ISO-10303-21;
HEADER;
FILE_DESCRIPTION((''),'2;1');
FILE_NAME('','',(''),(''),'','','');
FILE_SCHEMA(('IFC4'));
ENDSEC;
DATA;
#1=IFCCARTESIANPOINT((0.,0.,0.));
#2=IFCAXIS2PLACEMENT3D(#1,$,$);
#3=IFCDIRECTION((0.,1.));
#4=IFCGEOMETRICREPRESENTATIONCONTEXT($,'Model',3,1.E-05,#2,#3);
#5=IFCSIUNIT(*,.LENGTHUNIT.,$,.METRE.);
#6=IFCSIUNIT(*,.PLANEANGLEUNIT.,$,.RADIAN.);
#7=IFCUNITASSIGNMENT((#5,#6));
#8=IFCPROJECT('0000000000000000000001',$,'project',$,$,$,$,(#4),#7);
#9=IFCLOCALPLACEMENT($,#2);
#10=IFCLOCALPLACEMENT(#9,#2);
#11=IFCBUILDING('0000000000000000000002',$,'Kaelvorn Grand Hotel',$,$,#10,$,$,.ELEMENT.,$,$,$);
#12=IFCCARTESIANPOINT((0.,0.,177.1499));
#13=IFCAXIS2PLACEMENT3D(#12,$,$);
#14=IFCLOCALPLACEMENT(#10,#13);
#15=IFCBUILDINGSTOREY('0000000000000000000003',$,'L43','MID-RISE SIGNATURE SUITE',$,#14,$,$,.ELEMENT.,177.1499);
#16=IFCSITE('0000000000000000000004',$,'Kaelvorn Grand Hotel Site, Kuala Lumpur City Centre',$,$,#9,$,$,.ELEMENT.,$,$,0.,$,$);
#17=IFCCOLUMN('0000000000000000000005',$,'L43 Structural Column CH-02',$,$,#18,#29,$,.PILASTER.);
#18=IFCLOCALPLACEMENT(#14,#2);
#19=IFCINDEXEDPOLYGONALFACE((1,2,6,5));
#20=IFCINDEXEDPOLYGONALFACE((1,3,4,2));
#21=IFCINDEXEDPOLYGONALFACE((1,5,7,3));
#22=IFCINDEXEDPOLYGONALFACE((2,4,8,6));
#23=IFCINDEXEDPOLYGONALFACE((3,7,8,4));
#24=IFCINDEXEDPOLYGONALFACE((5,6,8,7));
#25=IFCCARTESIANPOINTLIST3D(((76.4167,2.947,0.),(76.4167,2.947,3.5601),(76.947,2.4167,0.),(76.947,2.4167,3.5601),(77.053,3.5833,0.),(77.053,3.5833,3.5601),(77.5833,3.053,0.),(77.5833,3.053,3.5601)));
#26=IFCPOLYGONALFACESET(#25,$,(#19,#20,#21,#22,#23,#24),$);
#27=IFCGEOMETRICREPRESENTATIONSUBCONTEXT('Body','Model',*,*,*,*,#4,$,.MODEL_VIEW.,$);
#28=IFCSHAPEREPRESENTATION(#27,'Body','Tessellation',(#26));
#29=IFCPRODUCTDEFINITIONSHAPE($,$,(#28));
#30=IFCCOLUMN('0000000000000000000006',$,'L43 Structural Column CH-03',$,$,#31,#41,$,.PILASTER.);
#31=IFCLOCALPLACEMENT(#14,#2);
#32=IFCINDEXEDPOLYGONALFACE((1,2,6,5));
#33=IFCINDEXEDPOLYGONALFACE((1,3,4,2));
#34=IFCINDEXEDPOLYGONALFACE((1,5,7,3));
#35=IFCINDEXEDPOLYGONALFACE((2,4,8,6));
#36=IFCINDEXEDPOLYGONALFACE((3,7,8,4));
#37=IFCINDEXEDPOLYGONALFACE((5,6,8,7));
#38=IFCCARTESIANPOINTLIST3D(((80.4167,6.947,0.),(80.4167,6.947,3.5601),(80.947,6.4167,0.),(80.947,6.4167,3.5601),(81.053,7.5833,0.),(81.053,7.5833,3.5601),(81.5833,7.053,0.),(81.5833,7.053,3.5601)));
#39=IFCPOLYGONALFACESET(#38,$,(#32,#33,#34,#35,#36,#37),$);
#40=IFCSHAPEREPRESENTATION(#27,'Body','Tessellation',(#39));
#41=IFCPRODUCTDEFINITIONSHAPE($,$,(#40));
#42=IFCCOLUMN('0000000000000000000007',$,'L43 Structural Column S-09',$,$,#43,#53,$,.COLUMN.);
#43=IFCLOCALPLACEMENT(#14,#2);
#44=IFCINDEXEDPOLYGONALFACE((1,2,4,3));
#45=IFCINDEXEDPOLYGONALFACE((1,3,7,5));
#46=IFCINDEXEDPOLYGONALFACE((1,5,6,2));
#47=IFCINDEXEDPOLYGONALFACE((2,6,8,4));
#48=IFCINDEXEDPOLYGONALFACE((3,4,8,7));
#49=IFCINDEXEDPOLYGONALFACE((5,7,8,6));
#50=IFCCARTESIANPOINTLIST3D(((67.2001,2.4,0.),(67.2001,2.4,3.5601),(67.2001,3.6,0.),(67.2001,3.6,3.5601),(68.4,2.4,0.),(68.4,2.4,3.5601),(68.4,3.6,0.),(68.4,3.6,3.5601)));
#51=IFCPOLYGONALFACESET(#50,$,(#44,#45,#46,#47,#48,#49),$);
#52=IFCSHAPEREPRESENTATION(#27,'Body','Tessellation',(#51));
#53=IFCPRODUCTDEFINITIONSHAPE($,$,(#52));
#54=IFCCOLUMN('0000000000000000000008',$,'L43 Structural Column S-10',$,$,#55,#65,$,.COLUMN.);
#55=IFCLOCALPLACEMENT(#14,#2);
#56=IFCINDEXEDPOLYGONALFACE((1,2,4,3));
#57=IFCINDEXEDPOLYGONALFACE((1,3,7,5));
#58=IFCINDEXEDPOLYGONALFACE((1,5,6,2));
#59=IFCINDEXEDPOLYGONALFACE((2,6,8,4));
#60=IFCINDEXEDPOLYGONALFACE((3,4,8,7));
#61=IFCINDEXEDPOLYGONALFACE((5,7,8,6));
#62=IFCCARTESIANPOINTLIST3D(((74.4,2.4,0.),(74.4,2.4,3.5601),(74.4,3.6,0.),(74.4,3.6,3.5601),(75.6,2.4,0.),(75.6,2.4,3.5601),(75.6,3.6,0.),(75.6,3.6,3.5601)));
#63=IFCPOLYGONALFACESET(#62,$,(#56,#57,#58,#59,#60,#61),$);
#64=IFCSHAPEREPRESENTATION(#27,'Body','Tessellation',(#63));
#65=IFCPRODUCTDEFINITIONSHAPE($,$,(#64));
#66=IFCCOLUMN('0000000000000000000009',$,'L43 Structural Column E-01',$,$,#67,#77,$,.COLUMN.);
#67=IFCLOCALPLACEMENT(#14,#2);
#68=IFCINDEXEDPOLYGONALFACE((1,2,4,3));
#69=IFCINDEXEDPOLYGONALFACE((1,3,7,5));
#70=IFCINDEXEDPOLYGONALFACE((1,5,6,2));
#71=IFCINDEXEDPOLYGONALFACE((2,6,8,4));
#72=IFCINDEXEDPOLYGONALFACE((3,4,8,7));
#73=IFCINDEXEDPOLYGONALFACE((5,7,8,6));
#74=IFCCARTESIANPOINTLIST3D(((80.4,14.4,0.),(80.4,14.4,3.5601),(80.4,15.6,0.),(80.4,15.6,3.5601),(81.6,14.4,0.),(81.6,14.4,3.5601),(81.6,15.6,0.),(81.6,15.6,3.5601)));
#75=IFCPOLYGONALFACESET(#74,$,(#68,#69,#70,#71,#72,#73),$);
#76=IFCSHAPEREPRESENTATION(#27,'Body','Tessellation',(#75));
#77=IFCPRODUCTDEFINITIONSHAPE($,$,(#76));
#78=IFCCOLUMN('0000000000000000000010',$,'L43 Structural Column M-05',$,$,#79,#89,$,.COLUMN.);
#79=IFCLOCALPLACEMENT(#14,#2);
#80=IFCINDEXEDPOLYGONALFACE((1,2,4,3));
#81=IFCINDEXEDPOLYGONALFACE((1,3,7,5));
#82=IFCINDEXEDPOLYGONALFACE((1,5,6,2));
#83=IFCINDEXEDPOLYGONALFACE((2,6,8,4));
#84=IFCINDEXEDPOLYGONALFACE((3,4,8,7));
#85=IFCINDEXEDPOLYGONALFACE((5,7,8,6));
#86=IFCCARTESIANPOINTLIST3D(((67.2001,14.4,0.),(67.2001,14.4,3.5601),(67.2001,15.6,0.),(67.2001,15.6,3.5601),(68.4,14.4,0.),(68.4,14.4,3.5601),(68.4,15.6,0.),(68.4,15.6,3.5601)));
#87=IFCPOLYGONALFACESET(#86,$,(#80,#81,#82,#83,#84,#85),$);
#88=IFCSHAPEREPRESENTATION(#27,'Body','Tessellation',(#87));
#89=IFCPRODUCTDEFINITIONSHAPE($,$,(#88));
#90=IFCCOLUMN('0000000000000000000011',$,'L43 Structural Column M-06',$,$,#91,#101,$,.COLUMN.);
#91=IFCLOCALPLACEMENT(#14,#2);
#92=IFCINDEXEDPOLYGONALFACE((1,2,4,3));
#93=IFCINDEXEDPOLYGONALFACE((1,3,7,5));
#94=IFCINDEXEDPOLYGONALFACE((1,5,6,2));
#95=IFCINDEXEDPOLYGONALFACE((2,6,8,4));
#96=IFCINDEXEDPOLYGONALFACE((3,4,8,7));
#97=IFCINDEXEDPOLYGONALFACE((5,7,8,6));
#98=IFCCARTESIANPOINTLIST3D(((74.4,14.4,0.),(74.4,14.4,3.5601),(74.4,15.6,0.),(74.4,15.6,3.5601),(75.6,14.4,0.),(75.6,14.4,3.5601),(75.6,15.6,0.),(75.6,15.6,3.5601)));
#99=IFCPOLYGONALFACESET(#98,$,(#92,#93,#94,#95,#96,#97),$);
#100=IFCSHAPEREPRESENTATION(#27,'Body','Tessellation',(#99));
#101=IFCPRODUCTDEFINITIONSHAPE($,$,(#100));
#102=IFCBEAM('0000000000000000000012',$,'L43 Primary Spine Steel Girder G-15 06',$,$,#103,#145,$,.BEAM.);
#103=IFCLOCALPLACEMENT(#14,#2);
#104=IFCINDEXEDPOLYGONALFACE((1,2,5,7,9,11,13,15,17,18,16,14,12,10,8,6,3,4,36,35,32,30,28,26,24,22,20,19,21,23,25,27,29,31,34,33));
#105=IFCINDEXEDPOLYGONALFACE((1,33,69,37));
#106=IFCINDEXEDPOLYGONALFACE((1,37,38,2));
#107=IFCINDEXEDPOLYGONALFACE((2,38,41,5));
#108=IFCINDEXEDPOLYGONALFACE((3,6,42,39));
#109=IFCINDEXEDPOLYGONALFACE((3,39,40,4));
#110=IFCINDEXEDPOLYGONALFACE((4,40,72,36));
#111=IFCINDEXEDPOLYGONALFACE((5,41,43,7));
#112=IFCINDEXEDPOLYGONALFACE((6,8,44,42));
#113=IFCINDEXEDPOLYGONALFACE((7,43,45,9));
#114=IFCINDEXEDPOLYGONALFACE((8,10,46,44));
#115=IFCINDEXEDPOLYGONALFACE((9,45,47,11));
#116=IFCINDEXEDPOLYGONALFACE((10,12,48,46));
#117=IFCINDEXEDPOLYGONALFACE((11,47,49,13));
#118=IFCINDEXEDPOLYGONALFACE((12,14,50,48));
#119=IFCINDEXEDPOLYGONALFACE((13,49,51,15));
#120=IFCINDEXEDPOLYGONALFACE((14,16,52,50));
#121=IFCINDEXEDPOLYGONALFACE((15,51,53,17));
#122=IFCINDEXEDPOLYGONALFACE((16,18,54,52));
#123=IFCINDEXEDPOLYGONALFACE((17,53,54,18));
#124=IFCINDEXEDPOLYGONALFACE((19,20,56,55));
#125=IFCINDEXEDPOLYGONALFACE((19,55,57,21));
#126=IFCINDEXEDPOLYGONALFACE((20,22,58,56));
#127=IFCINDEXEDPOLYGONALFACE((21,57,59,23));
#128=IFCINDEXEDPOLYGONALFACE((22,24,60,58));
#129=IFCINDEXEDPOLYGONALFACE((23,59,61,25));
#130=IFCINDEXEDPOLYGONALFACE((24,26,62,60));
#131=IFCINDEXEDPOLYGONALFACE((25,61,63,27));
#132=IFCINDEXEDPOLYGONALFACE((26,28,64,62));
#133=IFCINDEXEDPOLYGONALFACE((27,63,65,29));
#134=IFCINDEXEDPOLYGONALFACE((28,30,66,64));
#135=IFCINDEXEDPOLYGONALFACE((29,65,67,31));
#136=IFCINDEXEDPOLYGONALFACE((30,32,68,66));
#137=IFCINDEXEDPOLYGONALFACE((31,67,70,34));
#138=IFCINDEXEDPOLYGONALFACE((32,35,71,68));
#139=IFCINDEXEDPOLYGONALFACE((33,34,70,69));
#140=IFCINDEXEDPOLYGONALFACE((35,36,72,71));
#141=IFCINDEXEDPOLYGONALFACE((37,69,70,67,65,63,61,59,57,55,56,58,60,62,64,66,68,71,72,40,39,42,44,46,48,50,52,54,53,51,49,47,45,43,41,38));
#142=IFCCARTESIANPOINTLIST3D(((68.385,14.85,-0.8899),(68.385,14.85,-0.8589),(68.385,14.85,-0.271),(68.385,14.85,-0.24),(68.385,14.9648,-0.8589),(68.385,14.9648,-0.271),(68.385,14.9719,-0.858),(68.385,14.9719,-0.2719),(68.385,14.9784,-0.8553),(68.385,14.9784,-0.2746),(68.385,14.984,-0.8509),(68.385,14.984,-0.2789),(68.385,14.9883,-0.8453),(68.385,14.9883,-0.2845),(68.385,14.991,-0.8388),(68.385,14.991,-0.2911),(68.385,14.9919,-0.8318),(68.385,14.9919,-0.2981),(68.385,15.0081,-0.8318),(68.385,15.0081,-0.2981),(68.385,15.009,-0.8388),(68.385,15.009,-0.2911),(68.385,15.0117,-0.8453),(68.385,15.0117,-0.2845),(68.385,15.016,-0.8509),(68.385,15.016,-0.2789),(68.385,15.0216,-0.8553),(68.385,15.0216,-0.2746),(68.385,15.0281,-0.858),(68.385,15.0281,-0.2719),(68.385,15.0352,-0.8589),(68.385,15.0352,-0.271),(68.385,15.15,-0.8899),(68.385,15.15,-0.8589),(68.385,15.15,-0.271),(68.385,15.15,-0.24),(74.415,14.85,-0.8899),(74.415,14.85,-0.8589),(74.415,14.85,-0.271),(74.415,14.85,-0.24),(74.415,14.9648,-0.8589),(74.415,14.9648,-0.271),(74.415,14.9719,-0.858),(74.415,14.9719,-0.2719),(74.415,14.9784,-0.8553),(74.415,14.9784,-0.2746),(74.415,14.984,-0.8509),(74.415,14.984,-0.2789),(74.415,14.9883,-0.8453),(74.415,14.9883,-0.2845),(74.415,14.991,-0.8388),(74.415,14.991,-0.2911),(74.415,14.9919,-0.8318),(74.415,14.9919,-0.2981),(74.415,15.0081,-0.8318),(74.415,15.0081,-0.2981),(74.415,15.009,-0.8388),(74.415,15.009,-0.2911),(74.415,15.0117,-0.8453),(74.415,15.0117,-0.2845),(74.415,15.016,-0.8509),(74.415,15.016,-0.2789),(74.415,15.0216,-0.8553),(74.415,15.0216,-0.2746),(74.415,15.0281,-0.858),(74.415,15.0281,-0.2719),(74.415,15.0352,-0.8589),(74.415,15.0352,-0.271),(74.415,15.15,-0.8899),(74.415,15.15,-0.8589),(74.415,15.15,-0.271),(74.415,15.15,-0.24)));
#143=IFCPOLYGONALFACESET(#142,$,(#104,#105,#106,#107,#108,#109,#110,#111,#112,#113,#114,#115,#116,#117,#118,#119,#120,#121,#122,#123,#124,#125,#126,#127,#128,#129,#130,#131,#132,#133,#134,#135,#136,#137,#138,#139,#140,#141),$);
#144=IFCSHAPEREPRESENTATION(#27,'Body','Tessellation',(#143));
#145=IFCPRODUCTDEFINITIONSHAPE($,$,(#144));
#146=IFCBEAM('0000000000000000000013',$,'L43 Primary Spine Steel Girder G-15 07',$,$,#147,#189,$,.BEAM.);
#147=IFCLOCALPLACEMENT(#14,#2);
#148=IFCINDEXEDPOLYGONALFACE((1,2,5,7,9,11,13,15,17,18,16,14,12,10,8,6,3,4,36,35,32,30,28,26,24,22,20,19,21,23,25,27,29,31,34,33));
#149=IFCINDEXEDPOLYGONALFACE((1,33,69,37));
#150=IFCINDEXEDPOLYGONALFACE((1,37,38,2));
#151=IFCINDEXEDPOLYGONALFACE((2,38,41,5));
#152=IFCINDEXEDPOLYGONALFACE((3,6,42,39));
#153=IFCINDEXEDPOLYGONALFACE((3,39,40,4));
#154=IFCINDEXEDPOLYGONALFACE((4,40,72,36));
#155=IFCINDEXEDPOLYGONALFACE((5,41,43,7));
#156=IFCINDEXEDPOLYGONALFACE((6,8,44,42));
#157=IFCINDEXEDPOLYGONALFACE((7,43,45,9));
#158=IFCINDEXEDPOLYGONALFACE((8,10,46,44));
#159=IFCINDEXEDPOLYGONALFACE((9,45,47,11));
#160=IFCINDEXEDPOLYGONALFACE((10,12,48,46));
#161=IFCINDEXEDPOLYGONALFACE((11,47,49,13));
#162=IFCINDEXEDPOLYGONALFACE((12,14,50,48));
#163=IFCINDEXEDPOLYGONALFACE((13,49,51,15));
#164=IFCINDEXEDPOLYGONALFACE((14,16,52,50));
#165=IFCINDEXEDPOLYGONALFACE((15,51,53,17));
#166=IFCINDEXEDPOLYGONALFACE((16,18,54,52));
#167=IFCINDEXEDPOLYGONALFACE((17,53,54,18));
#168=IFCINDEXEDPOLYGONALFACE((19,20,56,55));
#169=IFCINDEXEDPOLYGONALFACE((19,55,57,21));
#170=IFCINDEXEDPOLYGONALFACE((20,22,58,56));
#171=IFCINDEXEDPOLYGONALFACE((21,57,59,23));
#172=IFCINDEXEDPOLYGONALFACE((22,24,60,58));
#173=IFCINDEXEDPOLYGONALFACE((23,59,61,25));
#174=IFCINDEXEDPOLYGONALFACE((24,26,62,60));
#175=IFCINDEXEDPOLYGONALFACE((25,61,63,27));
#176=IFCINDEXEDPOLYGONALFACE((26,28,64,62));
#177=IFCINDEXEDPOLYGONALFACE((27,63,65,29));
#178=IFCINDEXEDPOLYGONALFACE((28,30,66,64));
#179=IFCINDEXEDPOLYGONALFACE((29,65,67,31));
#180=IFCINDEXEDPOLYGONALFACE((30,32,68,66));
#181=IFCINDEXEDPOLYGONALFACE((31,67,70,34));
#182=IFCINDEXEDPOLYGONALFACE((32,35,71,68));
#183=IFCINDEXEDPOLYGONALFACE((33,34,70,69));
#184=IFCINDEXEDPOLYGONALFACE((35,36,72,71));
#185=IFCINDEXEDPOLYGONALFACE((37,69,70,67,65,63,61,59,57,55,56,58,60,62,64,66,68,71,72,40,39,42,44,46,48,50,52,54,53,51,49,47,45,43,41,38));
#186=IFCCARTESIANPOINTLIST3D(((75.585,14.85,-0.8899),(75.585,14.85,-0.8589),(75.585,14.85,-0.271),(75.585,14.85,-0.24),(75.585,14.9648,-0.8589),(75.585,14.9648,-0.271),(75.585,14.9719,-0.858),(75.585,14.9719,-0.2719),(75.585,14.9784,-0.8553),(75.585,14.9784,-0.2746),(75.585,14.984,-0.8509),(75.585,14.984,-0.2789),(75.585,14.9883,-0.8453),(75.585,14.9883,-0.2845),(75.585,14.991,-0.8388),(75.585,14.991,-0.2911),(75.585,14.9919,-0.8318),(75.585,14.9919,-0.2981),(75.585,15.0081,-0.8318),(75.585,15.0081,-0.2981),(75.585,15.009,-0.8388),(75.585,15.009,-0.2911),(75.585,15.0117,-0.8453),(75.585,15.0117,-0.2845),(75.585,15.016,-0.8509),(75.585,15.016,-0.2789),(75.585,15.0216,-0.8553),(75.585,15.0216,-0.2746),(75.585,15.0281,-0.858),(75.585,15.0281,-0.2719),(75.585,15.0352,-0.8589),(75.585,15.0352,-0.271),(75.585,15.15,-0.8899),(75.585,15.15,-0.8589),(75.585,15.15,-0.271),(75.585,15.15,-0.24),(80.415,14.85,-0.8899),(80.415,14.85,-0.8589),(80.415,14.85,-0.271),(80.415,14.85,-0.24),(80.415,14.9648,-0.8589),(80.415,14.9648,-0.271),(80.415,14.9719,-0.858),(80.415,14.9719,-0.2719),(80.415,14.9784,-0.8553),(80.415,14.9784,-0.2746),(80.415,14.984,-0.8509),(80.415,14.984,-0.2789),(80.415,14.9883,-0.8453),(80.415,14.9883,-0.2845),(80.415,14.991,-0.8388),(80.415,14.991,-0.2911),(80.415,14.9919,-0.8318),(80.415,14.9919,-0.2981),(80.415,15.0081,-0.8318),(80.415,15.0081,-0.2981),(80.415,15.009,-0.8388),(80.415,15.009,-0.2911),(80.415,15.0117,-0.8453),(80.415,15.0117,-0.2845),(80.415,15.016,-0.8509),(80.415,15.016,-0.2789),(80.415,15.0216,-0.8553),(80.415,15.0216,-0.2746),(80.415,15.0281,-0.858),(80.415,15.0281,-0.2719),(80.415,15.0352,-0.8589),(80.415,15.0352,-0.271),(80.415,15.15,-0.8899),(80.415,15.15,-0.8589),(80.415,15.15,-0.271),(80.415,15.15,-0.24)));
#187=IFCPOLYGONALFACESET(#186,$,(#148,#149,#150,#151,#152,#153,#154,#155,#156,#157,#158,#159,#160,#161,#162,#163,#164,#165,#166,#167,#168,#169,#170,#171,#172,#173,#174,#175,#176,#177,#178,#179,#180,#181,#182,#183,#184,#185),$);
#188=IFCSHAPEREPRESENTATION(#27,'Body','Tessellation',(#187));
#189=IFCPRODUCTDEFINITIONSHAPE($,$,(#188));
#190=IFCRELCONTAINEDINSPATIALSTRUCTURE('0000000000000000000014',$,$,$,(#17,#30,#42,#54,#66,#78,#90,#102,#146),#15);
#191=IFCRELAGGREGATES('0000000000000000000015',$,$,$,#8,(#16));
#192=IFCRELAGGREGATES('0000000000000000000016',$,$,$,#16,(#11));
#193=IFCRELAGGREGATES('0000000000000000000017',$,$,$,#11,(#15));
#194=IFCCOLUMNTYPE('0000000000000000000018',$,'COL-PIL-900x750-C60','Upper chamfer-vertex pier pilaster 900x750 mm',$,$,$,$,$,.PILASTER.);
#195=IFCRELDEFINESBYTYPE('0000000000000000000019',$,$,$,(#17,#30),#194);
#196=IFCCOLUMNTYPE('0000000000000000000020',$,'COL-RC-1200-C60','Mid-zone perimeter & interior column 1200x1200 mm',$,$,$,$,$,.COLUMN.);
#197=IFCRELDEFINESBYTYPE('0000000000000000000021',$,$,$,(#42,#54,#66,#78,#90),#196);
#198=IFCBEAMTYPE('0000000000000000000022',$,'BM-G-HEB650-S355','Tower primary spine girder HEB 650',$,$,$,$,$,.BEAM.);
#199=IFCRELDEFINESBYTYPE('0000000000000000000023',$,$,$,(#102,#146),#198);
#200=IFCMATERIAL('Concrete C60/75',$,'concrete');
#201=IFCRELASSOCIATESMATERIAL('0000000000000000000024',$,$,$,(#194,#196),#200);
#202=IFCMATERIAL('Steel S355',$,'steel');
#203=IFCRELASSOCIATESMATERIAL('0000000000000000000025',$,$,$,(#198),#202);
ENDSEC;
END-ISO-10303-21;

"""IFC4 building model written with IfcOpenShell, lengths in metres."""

from ifc_helpers import new_model, si_unit, direction, frame, origin, origin_2d, place, context, subcontext, project, spatial, rectangle, i_section, extrude, material, material_profile, profile_set, type_object, element, save


model = new_model("IFC4")

# Units and contexts
model_context = context("Model", 3, precision=1e-05, world=origin(), true_north=direction((0.0, 1.0)))
body_context = subcontext(model_context, "Body", "Model", "MODEL_VIEW")
ifc_project = project(units=[si_unit("LENGTHUNIT", "METRE"), si_unit("PLANEANGLEUNIT", "RADIAN")], contexts=[model_context])

# Site, building, storey
site_placement = place(None, origin())
site = spatial("IfcSite", under=ifc_project, at=site_placement, Name="Kaelvorn Grand Hotel Site, Kuala Lumpur City Centre", CompositionType="ELEMENT", RefElevation=0.0)
building_placement = place(site_placement, origin())
building = spatial("IfcBuilding", under=site, at=building_placement, Name="Kaelvorn Grand Hotel", CompositionType="ELEMENT")
storey_placement = place(building_placement, frame((0.0, 0.0, 177.1499)))
storey = spatial("IfcBuildingStorey", under=building, at=storey_placement, Name="L43", Description="MID-RISE SIGNATURE SUITE", CompositionType="ELEMENT", Elevation=177.1499)

# Columns
ifc_material_1 = material(Name="Concrete C60/75", Category="concrete")
ifc_material_profile_1 = material_profile(ifc_material_1, rectangle(XDim=0.8999, YDim=0.75, at=origin_2d()), Name="RC PILASTER 900x750")
ifc_profile_set_1 = profile_set([ifc_material_profile_1], Name="Concrete C60/75")
column_type_1 = type_object("IfcColumnType", Name="COL-PIL-900x750-C60", Description="Upper chamfer-vertex pier pilaster 900x750 mm", PredefinedType="PILASTER", material=ifc_profile_set_1)
for number, where, z_axis, x_axis, name in (
    (1, (77.0, 3.0, 0.0), (0.0, 0.0, 1.0), (0.707107, 0.707107, 0.0), "L43 Structural Column CH-02"),
    (2, (81.0, 7.0, 0.0), (0.0, 0.0, 1.0), (0.707107, 0.707107, 0.0), "L43 Structural Column CH-03"),
):
    element("IfcColumn", number, at=place(storey_placement, frame(where, z_axis=z_axis, x_axis=x_axis)), inside=storey, type_object=column_type_1, Name=name, PredefinedType="PILASTER", context=body_context, shape_type="SweptSolid", body=[
        extrude(rectangle(XDim=0.8999, YDim=0.75, at=origin_2d()), origin(), (0.0, 0.0, 1.0), 3.5601),
    ])
ifc_material_profile_2 = material_profile(ifc_material_1, rectangle(XDim=1.2, YDim=1.2, at=origin_2d()), Name="RC COL 1200x1200")
ifc_profile_set_2 = profile_set([ifc_material_profile_2], Name="Concrete C60/75")
column_type_2 = type_object("IfcColumnType", Name="COL-RC-1200-C60", Description="Mid-zone perimeter & interior column 1200x1200 mm", PredefinedType="COLUMN", material=ifc_profile_set_2)
for number, where, z_axis, x_axis, name in (
    (3, (67.8, 3.0, 0.0), (0.0, 0.0, 1.0), (1.0, 0.0, 0.0), "L43 Structural Column S-09"),
    (4, (75.0, 3.0, 0.0), (0.0, 0.0, 1.0), (1.0, 0.0, 0.0), "L43 Structural Column S-10"),
    (5, (81.0, 15.0, 0.0), (0.0, 0.0, 1.0), (1.0, 0.0, 0.0), "L43 Structural Column E-01"),
    (6, (67.8, 15.0, 0.0), (0.0, 0.0, 1.0), (1.0, 0.0, 0.0), "L43 Structural Column M-05"),
    (7, (75.0, 15.0, 0.0), (0.0, 0.0, 1.0), (1.0, 0.0, 0.0), "L43 Structural Column M-06"),
):
    element("IfcColumn", number, at=place(storey_placement, frame(where, z_axis=z_axis, x_axis=x_axis)), inside=storey, type_object=column_type_2, Name=name, PredefinedType="COLUMN", context=body_context, shape_type="SweptSolid", body=[
        extrude(rectangle(XDim=1.2, YDim=1.2, at=origin_2d()), origin(), (0.0, 0.0, 1.0), 3.5601),
    ])

# Beams
ifc_material_2 = material(Name="Steel S355", Category="steel")
ifc_material_profile_3 = material_profile(ifc_material_2, i_section(OverallWidth=0.3, OverallDepth=0.6499, WebThickness=0.0161, FlangeThickness=0.031, FilletRadius=0.0271, at=origin_2d()), Name="HEB 650")
ifc_profile_set_3 = profile_set([ifc_material_profile_3], Name="Steel S355")
beam_type_1 = type_object("IfcBeamType", Name="BM-G-HEB650-S355", Description="Tower primary spine girder HEB 650", PredefinedType="BEAM", material=ifc_profile_set_3)
beam_1_placement = place(storey_placement, frame((68.385, 15.0, -0.5649), z_axis=(1.0, 0.0, 0.0), x_axis=(0.0, 1.0, 0.0)))
element("IfcBeam", 8, at=beam_1_placement, inside=storey, type_object=beam_type_1, Name="L43 Primary Spine Steel Girder G-15 06", PredefinedType="BEAM", context=body_context, shape_type="SweptSolid", body=[
    extrude(i_section(OverallWidth=0.3, OverallDepth=0.6499, WebThickness=0.0161, FlangeThickness=0.031, FilletRadius=0.0271, at=origin_2d()), origin(), (0.0, 0.0, 1.0), 6.03),
])
beam_2_placement = place(storey_placement, frame((75.585, 15.0, -0.5649), z_axis=(1.0, 0.0, 0.0), x_axis=(0.0, 1.0, 0.0)))
element("IfcBeam", 9, at=beam_2_placement, inside=storey, type_object=beam_type_1, Name="L43 Primary Spine Steel Girder G-15 07", PredefinedType="BEAM", context=body_context, shape_type="SweptSolid", body=[
    extrude(i_section(OverallWidth=0.3, OverallDepth=0.6499, WebThickness=0.0161, FlangeThickness=0.031, FilletRadius=0.0271, at=origin_2d()), origin(), (0.0, 0.0, 1.0), 4.8301),
])

save(model, "model.ifc")
